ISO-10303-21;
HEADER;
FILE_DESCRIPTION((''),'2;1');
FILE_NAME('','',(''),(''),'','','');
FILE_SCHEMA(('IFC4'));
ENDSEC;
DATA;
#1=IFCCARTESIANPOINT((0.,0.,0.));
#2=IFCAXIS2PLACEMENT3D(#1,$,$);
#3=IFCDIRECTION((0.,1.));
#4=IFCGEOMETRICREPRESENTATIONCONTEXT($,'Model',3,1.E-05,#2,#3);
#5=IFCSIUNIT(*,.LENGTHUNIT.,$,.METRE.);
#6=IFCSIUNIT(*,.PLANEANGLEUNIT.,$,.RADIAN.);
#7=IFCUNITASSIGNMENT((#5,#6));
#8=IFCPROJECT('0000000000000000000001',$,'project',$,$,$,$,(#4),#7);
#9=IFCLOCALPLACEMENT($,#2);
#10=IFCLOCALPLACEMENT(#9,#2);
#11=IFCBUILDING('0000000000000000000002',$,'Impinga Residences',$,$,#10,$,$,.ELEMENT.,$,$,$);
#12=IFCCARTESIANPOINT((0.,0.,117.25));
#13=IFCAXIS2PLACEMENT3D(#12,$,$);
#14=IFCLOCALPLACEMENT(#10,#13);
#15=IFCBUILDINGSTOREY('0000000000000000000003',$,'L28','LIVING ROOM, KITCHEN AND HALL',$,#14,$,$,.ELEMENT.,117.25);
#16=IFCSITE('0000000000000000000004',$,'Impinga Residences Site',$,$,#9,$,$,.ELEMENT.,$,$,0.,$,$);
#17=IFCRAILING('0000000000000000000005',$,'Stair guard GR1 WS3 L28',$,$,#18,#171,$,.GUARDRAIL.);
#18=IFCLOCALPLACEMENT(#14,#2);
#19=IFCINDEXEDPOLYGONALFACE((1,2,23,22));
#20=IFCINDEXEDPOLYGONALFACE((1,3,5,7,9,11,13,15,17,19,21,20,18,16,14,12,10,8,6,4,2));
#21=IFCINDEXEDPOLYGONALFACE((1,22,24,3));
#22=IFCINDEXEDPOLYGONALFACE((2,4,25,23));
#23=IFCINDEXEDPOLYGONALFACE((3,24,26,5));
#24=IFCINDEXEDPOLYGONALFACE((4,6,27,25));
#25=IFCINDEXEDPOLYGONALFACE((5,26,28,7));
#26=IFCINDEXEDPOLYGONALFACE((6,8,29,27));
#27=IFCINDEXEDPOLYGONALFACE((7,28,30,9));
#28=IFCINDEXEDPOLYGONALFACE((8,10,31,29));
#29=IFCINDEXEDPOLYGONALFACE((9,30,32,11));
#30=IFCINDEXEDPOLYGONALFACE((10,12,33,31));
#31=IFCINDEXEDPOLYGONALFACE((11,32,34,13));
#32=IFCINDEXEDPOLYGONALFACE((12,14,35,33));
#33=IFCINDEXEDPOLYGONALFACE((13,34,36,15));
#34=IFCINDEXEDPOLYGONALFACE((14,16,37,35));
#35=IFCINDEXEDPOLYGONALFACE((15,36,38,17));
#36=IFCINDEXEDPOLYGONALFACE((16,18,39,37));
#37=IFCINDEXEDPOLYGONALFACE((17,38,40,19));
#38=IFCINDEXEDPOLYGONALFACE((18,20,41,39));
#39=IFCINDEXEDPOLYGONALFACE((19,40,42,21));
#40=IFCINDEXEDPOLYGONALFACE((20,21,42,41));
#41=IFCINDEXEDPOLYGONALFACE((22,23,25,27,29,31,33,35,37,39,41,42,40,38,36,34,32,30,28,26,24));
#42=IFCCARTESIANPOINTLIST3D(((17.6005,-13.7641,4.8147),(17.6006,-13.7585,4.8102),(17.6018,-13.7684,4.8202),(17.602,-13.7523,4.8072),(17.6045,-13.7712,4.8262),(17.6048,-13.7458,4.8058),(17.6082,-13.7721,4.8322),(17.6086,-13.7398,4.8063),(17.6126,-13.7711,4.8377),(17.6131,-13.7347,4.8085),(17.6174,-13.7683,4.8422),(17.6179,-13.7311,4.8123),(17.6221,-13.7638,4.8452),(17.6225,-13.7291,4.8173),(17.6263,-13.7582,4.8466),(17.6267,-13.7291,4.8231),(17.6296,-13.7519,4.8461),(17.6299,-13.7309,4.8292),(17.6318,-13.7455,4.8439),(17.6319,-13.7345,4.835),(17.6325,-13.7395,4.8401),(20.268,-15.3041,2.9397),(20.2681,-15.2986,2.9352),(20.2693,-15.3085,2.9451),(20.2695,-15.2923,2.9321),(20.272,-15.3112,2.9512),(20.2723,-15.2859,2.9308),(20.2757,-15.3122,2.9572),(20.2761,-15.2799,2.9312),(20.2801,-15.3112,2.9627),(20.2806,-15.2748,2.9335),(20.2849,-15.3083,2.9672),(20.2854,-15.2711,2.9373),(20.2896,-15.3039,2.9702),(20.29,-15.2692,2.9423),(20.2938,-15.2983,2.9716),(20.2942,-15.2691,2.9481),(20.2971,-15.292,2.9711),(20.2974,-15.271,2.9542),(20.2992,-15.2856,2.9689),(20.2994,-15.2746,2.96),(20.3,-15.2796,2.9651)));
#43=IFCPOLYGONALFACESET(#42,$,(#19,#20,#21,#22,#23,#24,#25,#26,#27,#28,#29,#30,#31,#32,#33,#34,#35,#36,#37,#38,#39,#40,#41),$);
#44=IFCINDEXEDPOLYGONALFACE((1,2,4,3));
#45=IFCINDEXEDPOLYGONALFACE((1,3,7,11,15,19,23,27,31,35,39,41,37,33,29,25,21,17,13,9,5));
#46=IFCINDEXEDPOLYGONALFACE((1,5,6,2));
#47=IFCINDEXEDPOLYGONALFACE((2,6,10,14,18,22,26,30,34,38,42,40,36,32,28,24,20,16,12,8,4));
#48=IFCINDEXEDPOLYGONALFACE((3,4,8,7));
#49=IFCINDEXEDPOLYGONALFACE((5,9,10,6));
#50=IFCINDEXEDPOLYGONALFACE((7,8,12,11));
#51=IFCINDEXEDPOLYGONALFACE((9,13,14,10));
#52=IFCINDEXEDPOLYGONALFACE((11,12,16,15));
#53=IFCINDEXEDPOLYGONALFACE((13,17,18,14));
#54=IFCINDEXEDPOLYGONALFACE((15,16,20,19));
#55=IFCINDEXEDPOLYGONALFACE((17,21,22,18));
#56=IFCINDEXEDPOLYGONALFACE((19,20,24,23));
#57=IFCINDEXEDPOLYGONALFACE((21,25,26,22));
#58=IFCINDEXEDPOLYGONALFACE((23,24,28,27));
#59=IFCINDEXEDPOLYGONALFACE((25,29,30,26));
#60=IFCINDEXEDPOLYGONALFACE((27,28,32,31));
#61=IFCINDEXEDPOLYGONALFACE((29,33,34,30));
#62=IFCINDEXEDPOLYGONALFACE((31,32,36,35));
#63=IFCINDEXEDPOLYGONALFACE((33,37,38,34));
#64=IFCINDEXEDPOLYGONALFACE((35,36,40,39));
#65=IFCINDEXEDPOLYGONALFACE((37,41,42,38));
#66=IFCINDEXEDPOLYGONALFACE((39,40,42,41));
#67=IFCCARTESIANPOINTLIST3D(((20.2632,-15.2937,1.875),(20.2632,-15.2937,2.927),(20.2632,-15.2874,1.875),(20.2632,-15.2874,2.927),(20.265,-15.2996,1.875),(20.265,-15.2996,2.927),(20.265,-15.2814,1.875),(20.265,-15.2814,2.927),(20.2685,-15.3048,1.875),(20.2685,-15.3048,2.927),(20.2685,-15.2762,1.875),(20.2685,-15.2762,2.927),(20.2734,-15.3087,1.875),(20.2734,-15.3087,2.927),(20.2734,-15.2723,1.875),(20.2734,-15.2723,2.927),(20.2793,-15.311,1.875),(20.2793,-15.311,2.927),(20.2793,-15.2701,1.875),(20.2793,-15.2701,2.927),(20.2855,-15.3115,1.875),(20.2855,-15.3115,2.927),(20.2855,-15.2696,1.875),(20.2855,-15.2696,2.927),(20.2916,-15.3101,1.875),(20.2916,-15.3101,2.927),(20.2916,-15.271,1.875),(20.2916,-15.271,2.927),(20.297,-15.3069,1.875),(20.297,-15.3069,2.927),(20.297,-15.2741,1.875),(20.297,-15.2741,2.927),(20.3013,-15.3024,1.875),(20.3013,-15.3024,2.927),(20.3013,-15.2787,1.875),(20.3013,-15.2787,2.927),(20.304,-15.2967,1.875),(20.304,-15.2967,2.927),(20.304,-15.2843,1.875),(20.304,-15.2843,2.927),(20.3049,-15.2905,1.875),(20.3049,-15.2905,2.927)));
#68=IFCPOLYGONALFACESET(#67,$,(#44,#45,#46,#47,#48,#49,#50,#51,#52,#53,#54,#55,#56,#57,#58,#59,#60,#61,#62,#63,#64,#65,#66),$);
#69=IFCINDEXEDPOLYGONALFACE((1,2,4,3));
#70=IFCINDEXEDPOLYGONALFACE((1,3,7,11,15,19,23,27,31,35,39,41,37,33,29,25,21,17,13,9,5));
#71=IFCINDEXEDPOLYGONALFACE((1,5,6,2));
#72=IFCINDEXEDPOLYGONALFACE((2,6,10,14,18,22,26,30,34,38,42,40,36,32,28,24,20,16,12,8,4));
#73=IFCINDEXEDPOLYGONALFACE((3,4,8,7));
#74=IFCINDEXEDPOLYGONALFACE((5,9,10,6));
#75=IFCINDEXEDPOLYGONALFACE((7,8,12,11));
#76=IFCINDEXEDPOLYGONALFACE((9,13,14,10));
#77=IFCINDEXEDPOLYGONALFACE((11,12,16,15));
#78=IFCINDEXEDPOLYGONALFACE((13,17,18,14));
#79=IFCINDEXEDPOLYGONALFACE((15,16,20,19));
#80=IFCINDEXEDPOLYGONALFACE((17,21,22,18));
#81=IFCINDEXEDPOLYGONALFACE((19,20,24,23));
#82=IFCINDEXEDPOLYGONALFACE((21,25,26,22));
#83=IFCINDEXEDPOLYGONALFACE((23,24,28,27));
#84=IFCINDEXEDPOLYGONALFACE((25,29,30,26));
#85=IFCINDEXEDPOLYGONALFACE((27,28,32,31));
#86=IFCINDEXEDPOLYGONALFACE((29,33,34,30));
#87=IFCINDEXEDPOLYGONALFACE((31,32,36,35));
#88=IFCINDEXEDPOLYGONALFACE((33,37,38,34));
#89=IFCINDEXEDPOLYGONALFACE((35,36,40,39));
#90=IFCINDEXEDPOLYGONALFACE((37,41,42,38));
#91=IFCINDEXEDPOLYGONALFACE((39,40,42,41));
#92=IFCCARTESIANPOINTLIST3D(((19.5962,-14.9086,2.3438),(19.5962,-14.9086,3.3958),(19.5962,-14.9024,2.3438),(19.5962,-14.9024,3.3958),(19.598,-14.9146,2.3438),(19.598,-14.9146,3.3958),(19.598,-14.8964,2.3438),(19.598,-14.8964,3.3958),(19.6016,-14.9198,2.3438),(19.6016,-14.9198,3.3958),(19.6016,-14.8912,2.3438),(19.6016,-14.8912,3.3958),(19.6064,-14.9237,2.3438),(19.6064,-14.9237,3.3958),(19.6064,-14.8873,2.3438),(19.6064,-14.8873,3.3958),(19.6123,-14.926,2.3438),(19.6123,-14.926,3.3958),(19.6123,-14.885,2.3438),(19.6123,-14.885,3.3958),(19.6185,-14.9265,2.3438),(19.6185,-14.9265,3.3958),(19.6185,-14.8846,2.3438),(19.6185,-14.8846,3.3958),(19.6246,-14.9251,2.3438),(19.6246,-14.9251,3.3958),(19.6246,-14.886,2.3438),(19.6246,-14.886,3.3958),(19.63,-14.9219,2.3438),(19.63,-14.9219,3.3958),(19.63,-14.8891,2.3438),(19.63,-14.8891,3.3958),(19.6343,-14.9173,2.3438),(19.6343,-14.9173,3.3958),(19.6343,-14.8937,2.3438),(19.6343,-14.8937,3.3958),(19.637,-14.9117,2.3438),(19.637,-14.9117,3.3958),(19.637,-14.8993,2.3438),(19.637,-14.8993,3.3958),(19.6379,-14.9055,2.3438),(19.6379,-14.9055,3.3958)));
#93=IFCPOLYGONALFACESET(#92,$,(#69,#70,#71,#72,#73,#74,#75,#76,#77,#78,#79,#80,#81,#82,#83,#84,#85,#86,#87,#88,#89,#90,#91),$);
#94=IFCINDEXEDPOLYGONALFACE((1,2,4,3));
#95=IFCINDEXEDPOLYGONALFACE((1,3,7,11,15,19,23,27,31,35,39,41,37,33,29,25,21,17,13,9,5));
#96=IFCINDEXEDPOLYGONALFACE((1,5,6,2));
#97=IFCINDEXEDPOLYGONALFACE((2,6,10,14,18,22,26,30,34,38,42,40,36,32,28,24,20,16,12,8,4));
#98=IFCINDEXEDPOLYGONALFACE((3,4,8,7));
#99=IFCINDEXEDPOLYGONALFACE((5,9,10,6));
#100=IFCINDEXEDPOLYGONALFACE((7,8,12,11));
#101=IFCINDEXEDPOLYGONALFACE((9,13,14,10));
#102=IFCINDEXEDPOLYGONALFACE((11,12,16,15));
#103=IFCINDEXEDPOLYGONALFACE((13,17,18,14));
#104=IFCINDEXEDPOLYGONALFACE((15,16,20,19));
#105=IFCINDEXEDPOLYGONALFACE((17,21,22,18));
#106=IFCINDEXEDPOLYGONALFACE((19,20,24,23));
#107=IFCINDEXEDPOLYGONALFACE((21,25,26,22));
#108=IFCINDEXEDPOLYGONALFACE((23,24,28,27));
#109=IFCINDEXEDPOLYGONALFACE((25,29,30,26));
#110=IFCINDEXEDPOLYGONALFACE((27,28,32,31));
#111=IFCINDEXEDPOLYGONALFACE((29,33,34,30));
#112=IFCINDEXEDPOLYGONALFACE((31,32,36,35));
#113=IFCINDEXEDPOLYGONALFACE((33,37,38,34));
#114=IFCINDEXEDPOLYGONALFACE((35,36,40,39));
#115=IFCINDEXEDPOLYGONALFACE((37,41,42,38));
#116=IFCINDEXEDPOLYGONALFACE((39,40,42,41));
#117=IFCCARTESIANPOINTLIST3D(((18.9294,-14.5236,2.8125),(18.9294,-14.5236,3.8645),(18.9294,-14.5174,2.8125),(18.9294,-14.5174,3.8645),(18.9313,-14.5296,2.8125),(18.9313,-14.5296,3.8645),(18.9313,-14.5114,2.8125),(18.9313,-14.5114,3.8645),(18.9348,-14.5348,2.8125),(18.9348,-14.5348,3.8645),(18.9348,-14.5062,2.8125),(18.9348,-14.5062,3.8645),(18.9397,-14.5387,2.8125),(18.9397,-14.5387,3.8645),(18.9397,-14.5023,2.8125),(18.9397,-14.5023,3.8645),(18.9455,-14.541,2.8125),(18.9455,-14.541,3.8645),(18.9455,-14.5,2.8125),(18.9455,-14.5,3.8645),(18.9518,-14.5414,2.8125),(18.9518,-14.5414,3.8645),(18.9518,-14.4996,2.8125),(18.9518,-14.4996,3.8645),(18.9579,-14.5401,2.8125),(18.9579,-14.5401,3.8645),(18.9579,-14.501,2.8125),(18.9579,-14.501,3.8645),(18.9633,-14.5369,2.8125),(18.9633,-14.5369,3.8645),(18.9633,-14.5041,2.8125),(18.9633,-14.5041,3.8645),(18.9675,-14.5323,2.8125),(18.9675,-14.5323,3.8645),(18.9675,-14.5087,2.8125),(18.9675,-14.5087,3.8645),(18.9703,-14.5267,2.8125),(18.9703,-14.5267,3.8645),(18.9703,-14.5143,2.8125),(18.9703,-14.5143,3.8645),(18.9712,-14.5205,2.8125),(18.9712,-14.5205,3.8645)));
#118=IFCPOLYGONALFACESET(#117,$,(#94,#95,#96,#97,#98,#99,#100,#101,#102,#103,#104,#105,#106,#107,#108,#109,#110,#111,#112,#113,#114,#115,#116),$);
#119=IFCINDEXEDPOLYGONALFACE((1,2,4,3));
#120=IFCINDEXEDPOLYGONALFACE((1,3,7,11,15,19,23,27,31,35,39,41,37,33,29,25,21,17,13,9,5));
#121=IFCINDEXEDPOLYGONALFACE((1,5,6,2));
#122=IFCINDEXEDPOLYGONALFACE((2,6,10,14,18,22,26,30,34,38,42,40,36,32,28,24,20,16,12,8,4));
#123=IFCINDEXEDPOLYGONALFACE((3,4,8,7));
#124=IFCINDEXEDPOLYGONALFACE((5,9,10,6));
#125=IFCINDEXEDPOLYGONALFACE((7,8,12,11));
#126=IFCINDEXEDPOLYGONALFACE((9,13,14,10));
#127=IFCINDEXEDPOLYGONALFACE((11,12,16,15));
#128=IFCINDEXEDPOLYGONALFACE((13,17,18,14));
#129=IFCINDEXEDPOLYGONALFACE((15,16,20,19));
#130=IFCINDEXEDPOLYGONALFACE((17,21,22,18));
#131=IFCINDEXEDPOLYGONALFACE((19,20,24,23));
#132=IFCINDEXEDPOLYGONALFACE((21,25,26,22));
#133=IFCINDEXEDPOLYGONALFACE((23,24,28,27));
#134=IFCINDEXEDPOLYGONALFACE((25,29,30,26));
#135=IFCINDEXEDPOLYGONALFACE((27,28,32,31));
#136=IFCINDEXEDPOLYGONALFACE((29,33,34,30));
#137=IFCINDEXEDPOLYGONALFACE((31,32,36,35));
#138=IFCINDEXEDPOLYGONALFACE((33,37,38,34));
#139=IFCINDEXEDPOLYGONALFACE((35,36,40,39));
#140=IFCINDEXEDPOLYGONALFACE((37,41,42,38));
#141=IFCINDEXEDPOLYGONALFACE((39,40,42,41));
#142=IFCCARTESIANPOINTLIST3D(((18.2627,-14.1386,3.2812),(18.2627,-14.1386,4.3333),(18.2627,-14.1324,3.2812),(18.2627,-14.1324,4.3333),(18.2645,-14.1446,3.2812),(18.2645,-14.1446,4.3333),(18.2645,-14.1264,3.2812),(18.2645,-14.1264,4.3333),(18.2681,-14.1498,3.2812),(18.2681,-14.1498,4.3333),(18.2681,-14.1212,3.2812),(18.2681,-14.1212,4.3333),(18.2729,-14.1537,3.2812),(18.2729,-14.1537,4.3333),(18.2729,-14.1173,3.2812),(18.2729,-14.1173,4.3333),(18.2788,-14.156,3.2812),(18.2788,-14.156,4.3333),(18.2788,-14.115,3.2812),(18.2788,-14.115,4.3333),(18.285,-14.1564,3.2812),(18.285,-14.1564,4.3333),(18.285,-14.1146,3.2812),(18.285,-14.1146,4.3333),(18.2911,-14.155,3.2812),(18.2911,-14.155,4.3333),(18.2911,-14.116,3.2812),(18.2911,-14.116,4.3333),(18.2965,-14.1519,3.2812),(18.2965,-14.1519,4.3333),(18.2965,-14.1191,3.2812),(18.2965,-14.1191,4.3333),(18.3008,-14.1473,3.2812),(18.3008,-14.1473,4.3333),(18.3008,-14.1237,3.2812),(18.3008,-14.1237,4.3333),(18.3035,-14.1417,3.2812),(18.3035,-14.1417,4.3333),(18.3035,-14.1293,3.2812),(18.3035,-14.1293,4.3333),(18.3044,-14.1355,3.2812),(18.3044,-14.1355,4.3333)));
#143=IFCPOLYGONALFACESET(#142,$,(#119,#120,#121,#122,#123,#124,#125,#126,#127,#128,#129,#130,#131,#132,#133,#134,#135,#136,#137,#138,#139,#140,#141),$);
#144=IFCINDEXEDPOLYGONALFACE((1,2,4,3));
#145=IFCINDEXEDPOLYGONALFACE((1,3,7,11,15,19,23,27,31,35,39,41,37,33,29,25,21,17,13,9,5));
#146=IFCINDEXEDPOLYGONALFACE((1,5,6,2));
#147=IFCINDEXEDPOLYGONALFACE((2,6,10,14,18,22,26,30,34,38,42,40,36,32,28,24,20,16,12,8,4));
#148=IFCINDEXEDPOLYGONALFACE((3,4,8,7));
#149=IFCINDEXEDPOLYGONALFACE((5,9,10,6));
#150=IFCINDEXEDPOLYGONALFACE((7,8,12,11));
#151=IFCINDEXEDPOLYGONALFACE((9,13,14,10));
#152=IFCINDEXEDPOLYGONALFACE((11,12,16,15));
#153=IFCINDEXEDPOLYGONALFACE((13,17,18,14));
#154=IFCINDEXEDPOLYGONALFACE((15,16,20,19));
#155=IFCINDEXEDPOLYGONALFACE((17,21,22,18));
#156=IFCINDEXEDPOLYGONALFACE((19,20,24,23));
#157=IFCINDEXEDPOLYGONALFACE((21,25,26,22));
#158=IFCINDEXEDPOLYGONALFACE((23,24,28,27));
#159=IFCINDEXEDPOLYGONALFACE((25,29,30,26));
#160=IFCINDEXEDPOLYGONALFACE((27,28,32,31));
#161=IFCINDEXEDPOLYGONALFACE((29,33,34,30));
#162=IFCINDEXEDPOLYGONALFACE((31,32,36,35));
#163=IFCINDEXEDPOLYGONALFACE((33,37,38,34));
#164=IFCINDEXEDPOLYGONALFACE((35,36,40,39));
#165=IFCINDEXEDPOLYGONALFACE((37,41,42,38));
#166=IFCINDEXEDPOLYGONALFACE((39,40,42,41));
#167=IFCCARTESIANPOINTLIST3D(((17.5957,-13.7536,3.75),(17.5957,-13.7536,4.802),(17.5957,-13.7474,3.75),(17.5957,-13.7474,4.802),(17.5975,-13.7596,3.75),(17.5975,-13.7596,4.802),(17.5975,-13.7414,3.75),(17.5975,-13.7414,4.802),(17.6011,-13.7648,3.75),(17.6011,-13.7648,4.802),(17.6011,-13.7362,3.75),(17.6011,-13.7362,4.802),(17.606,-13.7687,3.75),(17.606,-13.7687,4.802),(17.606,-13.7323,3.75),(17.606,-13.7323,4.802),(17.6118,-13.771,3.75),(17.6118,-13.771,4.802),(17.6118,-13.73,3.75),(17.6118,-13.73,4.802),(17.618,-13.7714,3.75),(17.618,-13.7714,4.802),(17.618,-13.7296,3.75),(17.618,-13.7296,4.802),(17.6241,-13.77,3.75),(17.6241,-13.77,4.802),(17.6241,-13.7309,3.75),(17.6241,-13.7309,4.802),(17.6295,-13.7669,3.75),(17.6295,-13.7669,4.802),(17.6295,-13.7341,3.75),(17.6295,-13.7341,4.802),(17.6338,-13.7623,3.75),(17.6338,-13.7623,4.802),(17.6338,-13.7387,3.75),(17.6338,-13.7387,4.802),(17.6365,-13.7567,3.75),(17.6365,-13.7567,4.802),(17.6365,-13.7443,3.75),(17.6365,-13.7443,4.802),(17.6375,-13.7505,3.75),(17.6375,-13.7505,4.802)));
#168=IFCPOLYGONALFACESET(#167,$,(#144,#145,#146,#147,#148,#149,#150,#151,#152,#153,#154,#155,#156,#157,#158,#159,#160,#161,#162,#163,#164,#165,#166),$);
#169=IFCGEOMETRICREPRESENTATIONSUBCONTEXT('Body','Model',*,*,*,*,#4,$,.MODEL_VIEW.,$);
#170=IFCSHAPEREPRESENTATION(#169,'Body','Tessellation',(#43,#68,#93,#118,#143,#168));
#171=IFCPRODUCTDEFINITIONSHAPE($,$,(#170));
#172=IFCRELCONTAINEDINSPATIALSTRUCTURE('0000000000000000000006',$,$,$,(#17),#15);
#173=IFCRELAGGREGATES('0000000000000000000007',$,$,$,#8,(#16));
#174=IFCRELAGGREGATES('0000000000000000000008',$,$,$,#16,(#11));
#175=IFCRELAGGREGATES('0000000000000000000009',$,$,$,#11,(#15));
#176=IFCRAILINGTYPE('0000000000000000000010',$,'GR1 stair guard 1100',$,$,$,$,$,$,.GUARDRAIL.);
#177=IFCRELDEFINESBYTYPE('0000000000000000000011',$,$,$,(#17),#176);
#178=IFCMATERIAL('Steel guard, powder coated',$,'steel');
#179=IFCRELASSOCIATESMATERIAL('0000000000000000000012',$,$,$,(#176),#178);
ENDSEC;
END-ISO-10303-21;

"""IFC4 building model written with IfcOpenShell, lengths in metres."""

from ifc_helpers import new_model, si_unit, direction, frame, origin, origin_2d, place, context, subcontext, project, spatial, circle, extrude, material, type_object, element, save


model = new_model("IFC4")

# Units and contexts
model_context = context("Model", 3, precision=1e-05, world=origin(), true_north=direction((0.0, 1.0)))
body_context = subcontext(model_context, "Body", "Model", "MODEL_VIEW")
ifc_project = project(units=[si_unit("LENGTHUNIT", "METRE"), si_unit("PLANEANGLEUNIT", "RADIAN")], contexts=[model_context])

# Site, building, storey
site_placement = place(None, origin())
site = spatial("IfcSite", under=ifc_project, at=site_placement, Name="Impinga Residences Site", CompositionType="ELEMENT", RefElevation=0.0)
building_placement = place(site_placement, origin())
building = spatial("IfcBuilding", under=site, at=building_placement, Name="Impinga Residences", CompositionType="ELEMENT")
storey_placement = place(building_placement, frame((0.0, 0.0, 117.25)))
storey = spatial("IfcBuildingStorey", under=building, at=storey_placement, Name="L28", Description="LIVING ROOM, KITCHEN AND HALL", CompositionType="ELEMENT", Elevation=117.25)

# Railing
ifc_material_1 = material(Name="Steel guard, powder coated", Category="steel")
railing_type = type_object("IfcRailingType", Name="GR1 stair guard 1100", PredefinedType="GUARDRAIL", material=ifc_material_1)
railing_placement = place(storey_placement, frame((20.2839, -15.2905, 1.875)))
element("IfcRailing", 1, at=railing_placement, inside=storey, type_object=railing_type, Name="Stair guard GR1 WS3 L28", PredefinedType="GUARDRAIL", context=body_context, shape_type="SweptSolid", body=[
    extrude(circle(Radius=0.0239, at=origin_2d()), frame((0.0, 0.0, 1.0762), z_axis=(-0.739746, 0.427084, 0.519975), x_axis=(-0.499992, -0.86603, 0.0)), (0.0, 0.0, 1.0), 3.606),
    extrude(circle(Radius=0.021, at=origin_2d()), origin(), (0.0, 0.0, 1.0), 1.052),
    extrude(circle(Radius=0.021, at=origin_2d()), frame((-0.667, 0.385, 0.4688)), (0.0, 0.0, 1.0), 1.052),
    extrude(circle(Radius=0.021, at=origin_2d()), frame((-1.3337, 0.77, 0.9375)), (0.0, 0.0, 1.0), 1.052),
    extrude(circle(Radius=0.021, at=origin_2d()), frame((-2.0005, 1.155, 1.4062)), (0.0, 0.0, 1.0), 1.052),
    extrude(circle(Radius=0.021, at=origin_2d()), frame((-2.6675, 1.54, 1.875)), (0.0, 0.0, 1.0), 1.052),
])

save(model, "model.ifc")
